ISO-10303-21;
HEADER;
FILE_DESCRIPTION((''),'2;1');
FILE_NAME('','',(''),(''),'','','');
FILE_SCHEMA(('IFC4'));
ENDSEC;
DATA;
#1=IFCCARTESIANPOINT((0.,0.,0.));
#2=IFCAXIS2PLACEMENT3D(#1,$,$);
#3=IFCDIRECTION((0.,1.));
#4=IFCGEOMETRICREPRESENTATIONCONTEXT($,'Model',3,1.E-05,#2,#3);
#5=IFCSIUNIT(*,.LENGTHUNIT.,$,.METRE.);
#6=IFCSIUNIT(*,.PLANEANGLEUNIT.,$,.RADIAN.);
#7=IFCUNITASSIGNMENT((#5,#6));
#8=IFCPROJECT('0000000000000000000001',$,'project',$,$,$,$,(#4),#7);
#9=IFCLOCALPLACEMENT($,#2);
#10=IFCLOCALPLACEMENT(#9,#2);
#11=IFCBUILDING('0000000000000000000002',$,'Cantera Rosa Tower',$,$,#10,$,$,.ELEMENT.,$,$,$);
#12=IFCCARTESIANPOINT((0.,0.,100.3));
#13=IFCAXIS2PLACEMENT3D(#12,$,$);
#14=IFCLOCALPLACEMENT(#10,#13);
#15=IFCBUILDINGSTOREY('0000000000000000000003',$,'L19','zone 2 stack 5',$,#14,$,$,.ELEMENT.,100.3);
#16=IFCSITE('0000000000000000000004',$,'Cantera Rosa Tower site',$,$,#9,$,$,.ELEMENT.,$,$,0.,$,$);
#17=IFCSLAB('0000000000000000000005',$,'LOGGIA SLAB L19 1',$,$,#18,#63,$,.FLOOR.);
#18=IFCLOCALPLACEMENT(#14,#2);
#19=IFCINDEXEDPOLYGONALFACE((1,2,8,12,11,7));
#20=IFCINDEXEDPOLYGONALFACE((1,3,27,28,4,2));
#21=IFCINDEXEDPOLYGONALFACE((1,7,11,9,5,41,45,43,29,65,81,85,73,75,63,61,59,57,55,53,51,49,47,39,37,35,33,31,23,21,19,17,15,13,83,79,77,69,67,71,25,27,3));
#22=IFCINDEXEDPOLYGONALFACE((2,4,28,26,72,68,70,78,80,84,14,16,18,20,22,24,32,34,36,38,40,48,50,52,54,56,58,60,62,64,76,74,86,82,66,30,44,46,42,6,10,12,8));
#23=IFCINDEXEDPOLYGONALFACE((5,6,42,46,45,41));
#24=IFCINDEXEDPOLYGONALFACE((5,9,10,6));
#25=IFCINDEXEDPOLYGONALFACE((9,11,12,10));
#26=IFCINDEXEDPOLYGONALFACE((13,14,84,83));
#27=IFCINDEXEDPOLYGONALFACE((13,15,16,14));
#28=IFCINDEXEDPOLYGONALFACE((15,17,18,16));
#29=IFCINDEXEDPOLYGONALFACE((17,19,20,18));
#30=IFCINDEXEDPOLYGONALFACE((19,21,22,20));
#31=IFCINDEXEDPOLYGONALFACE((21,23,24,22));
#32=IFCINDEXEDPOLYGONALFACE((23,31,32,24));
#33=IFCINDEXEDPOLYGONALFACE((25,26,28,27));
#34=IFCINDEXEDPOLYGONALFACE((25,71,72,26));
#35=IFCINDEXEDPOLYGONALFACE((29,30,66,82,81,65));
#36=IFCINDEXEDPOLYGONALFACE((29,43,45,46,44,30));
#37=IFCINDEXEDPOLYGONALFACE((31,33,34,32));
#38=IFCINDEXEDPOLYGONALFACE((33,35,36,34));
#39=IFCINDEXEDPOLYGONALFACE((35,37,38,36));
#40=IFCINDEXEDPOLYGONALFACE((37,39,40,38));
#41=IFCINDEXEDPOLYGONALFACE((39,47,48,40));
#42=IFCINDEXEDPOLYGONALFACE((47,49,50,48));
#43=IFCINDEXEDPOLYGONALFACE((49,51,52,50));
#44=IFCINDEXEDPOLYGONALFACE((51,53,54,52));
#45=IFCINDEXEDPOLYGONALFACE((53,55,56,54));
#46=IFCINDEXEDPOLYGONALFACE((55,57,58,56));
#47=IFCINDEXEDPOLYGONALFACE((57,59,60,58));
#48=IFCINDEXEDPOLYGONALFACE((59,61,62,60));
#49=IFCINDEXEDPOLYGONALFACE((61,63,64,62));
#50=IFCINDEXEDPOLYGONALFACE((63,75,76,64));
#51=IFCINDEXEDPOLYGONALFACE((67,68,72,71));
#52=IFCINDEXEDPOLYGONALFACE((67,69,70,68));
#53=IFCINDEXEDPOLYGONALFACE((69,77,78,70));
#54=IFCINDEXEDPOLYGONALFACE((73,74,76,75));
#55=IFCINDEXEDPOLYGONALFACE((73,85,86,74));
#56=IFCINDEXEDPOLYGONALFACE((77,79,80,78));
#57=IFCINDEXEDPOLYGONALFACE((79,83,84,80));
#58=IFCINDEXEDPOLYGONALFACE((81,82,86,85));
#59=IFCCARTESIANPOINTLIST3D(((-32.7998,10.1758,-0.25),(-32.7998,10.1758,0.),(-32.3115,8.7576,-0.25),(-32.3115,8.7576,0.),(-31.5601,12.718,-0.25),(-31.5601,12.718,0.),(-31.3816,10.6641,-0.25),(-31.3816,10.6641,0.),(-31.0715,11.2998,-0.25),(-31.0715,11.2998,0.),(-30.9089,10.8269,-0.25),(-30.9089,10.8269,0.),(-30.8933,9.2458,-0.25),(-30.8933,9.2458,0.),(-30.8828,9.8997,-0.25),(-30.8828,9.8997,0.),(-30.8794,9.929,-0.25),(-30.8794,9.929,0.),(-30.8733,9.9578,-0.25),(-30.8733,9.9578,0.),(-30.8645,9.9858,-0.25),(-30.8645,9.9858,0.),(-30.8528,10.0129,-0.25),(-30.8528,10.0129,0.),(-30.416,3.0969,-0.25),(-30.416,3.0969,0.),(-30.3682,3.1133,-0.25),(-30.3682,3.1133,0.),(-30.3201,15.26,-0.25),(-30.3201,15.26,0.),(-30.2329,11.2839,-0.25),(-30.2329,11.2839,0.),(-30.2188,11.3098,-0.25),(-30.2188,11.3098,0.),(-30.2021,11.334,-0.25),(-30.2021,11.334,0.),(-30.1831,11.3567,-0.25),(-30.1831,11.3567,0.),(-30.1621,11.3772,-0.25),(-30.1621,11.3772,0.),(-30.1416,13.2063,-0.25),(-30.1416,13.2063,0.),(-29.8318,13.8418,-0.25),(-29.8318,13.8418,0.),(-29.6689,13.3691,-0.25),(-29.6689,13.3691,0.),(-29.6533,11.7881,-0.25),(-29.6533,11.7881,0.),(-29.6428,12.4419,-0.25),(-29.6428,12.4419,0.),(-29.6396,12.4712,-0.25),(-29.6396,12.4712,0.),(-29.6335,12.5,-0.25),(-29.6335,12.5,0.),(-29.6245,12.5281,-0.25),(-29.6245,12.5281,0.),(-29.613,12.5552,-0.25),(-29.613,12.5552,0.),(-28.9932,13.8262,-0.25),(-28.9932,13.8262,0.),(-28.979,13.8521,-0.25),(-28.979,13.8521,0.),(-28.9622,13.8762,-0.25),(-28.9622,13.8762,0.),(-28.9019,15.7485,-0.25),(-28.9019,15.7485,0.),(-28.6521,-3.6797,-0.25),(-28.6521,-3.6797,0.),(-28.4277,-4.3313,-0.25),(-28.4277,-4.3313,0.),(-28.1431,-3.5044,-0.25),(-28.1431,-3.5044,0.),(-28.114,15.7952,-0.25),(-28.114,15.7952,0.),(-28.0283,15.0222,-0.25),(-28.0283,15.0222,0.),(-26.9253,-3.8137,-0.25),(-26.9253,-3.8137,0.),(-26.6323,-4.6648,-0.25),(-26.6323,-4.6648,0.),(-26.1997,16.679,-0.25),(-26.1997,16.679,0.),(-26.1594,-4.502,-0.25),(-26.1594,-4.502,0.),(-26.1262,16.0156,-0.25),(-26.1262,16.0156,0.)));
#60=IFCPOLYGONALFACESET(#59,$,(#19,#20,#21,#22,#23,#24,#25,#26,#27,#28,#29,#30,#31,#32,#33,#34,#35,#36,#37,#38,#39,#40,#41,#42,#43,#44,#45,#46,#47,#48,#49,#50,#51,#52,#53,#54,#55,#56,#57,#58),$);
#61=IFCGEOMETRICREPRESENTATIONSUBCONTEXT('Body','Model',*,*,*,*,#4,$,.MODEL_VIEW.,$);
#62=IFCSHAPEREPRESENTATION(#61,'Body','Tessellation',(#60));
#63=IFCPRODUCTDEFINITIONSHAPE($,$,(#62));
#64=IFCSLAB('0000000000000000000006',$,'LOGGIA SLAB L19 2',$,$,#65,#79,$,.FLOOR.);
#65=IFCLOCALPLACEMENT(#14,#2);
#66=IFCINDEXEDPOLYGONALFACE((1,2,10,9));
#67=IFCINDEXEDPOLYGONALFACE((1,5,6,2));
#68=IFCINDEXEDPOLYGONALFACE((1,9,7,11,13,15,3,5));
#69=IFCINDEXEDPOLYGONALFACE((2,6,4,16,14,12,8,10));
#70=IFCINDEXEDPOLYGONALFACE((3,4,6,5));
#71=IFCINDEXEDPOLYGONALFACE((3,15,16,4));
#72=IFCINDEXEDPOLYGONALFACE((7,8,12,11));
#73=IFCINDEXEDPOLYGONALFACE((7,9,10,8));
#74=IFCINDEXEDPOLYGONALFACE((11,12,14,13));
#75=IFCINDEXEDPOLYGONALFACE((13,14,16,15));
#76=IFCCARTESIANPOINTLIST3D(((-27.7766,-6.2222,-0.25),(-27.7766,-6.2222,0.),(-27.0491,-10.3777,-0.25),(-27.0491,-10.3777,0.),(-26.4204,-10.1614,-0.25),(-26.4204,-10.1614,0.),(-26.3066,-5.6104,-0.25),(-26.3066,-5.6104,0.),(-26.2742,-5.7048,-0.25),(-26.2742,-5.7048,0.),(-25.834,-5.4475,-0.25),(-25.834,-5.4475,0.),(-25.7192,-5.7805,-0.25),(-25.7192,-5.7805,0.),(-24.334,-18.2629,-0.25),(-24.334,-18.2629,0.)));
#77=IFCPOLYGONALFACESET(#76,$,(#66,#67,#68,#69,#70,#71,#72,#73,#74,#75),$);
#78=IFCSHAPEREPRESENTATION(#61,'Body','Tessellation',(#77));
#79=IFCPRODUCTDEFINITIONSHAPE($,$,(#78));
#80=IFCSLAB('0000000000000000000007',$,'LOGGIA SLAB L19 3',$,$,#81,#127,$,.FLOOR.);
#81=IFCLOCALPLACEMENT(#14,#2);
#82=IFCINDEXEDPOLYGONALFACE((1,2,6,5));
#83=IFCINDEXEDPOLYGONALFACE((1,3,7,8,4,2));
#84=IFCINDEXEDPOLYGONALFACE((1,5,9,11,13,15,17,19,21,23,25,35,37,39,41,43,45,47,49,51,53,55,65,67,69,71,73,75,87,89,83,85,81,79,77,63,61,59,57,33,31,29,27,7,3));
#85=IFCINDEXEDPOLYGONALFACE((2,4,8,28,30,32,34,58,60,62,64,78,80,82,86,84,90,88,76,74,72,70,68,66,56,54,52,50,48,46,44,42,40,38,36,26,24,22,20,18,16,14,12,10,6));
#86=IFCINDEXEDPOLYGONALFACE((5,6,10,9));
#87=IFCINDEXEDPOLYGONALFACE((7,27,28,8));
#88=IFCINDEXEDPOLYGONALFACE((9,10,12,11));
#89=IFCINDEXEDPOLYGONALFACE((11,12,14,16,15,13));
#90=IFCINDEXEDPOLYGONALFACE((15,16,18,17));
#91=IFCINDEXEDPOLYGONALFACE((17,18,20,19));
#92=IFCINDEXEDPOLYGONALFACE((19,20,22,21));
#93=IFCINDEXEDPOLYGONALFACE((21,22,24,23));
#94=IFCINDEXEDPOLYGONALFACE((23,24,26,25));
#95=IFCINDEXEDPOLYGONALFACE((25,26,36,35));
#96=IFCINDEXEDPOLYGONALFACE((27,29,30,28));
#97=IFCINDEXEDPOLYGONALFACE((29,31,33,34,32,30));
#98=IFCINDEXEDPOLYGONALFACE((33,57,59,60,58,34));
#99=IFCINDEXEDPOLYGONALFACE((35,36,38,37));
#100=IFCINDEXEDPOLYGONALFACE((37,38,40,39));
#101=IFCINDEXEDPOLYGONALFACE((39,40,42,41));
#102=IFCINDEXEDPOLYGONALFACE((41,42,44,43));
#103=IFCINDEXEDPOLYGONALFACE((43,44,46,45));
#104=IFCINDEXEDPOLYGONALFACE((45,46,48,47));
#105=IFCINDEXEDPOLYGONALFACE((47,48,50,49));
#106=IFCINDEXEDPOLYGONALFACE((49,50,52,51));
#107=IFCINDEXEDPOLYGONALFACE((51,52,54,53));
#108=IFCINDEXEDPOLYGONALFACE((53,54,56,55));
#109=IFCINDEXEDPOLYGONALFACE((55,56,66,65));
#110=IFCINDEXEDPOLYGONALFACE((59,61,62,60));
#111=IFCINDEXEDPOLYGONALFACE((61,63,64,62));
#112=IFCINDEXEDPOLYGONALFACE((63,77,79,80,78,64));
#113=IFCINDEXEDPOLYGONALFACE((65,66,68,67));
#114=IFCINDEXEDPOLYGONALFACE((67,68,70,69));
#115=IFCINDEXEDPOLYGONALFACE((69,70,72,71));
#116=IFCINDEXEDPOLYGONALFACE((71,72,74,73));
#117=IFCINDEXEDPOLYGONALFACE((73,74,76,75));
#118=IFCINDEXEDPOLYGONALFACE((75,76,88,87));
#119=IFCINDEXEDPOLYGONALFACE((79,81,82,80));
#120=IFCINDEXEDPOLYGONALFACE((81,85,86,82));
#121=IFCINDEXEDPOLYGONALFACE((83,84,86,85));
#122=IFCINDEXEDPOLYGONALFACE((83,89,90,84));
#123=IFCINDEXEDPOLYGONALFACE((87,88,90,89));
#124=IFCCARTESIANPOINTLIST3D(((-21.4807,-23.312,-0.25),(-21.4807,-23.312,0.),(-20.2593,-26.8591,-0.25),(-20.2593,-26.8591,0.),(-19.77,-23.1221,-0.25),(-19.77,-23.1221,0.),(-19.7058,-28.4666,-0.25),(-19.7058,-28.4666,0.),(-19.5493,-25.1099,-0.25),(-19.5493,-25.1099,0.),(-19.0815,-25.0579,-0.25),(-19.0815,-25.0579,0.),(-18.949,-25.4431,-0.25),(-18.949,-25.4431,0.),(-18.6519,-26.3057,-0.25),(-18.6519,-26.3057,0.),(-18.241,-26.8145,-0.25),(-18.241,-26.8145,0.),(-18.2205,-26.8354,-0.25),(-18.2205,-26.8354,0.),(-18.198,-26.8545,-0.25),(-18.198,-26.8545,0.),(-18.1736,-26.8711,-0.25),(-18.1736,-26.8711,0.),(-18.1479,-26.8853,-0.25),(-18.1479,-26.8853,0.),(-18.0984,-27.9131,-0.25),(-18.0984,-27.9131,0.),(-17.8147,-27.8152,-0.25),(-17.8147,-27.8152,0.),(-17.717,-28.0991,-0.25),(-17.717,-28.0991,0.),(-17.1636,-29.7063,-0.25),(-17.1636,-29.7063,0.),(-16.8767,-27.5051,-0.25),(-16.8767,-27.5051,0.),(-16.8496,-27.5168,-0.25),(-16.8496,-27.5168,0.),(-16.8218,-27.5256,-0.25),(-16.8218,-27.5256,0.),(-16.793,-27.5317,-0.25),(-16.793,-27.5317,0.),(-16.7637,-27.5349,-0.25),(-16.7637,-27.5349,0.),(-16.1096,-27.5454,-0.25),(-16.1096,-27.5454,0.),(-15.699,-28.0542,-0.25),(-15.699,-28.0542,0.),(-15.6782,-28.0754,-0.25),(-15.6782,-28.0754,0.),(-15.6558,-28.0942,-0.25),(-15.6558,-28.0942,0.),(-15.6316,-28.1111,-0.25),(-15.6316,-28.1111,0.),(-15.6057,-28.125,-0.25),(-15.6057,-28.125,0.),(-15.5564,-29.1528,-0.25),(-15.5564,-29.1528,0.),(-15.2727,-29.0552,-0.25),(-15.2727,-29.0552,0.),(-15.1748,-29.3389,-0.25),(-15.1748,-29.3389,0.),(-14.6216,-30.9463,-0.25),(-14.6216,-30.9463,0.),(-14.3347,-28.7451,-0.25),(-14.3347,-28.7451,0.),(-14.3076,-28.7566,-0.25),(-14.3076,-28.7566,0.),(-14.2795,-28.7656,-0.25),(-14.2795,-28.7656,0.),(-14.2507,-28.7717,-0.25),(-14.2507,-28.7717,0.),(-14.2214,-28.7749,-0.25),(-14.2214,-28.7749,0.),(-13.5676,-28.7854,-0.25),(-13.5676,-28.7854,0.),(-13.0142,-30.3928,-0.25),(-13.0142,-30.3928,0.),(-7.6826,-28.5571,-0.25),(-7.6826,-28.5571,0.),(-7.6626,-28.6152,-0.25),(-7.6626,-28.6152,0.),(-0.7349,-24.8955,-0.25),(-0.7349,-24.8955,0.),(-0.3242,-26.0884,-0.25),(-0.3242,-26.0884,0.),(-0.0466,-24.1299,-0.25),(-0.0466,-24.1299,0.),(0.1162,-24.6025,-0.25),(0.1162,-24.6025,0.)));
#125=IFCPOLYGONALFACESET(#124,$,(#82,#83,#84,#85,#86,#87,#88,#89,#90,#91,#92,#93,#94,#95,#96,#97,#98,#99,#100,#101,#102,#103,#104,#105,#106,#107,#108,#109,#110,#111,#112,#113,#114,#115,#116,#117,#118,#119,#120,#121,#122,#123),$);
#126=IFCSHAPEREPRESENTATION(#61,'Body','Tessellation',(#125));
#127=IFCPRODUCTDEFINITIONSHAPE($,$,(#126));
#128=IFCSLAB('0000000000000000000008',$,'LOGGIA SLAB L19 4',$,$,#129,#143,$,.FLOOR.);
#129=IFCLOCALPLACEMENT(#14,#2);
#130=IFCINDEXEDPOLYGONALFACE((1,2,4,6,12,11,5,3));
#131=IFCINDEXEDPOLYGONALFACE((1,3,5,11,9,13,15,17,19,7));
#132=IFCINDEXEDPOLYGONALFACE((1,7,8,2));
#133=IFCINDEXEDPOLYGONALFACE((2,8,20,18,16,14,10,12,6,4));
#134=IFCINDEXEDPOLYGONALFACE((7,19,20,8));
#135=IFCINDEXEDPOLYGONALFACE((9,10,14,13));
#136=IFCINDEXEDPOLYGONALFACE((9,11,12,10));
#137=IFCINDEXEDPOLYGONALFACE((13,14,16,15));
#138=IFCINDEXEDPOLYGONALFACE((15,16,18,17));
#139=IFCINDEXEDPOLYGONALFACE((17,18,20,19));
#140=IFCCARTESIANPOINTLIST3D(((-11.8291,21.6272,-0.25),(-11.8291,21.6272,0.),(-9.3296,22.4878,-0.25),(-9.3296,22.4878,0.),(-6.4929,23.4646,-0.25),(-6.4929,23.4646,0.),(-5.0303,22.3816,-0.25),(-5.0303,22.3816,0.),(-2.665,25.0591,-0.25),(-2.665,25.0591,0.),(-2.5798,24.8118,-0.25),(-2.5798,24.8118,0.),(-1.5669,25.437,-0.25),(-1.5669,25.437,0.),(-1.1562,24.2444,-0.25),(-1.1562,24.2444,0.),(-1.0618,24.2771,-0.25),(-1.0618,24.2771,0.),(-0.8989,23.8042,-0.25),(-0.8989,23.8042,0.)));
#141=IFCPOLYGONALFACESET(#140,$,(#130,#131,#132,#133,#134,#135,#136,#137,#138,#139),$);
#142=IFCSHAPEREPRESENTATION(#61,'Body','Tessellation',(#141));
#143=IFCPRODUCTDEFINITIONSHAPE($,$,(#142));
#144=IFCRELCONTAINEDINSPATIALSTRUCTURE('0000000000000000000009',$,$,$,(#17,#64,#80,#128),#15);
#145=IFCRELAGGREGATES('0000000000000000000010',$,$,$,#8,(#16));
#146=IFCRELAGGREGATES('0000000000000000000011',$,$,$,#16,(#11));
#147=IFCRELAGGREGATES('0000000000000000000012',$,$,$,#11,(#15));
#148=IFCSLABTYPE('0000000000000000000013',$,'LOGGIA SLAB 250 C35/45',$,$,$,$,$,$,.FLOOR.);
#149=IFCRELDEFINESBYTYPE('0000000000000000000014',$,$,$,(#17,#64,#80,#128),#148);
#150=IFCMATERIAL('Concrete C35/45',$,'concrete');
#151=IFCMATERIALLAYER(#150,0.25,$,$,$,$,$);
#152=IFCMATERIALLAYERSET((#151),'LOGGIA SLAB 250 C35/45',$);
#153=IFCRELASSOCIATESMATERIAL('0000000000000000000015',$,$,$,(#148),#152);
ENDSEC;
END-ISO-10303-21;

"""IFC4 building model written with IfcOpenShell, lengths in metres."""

from ifc_helpers import new_model, si_unit, direction, frame, origin, place, context, subcontext, project, spatial, polyline, outline, extrude, material, layer, layer_set, type_object, element, save


model = new_model("IFC4")

# Units and contexts
model_context = context("Model", 3, precision=1e-05, world=origin(), true_north=direction((0.0, 1.0)))
body_context = subcontext(model_context, "Body", "Model", "MODEL_VIEW")
ifc_project = project(units=[si_unit("LENGTHUNIT", "METRE"), si_unit("PLANEANGLEUNIT", "RADIAN")], contexts=[model_context])

# Site, building, storey
site_placement = place(None, origin())
site = spatial("IfcSite", under=ifc_project, at=site_placement, Name="Cantera Rosa Tower site", CompositionType="ELEMENT", RefElevation=0.0)
building_placement = place(site_placement, origin())
building = spatial("IfcBuilding", under=site, at=building_placement, Name="Cantera Rosa Tower", CompositionType="ELEMENT")
storey_placement = place(building_placement, frame((0.0, 0.0, 100.3)))
storey = spatial("IfcBuildingStorey", under=building, at=storey_placement, Name="L19", Description="zone 2 stack 5", CompositionType="ELEMENT", Elevation=100.3)

# Slabs
ifc_material_1 = material(Name="Concrete C35/45", Category="concrete")
ifc_layer_1 = layer(ifc_material_1, 0.25)
ifc_layer_set_1 = layer_set([ifc_layer_1], Name="LOGGIA SLAB 250 C35/45")
slab_type_1 = type_object("IfcSlabType", Name="LOGGIA SLAB 250 C35/45", PredefinedType="FLOOR", material=ifc_layer_set_1)
slab_1_placement = place(storey_placement, frame((0.0, 0.0, -0.25)))
element("IfcSlab", 1, at=slab_1_placement, inside=storey, type_object=slab_type_1, Name="LOGGIA SLAB L19 1", PredefinedType="FLOOR", context=body_context, shape_type="SweptSolid", body=[
    extrude(outline(polyline([(-31.3816, 10.6641), (-30.9089, 10.8269), (-31.0715, 11.2998), (-31.5601, 12.718), (-30.1416, 13.2063), (-29.6689, 13.3691), (-29.8318, 13.8418), (-30.3201, 15.26), (-28.9019, 15.7485), (-26.1997, 16.679), (-26.1262, 16.0156), (-28.114, 15.7952), (-28.0283, 15.0222), (-28.9622, 13.8762), (-28.979, 13.8521), (-28.9932, 13.8262), (-29.613, 12.5552), (-29.6245, 12.5281), (-29.6335, 12.5), (-29.6396, 12.4712), (-29.6428, 12.4419), (-29.6533, 11.7881), (-30.1621, 11.3772), (-30.1831, 11.3567), (-30.2021, 11.334), (-30.2188, 11.3098), (-30.2329, 11.2839), (-30.8528, 10.0129), (-30.8645, 9.9858), (-30.8733, 9.9578), (-30.8794, 9.929), (-30.8828, 9.8997), (-30.8933, 9.2458), (-26.1594, -4.502), (-26.6323, -4.6648), (-26.9253, -3.8137), (-28.4277, -4.3313), (-28.6521, -3.6797), (-28.1431, -3.5044), (-30.416, 3.0969), (-30.3682, 3.1133), (-32.3115, 8.7576), (-32.7998, 10.1758), (-31.3816, 10.6641)])), origin(), (0.0, 0.0, 1.0), 0.25),
])
slab_2_placement = place(storey_placement, frame((0.0, 0.0, -0.25)))
element("IfcSlab", 2, at=slab_2_placement, inside=storey, type_object=slab_type_1, Name="LOGGIA SLAB L19 2", PredefinedType="FLOOR", context=body_context, shape_type="SweptSolid", body=[
    extrude(outline(polyline([(-27.7766, -6.2222), (-26.2742, -5.7048), (-26.3066, -5.6104), (-25.834, -5.4475), (-25.7192, -5.7805), (-24.334, -18.2629), (-27.0491, -10.3777), (-26.4204, -10.1614), (-27.7766, -6.2222)])), origin(), (0.0, 0.0, 1.0), 0.25),
])
slab_3_placement = place(storey_placement, frame((0.0, 0.0, -0.25)))
element("IfcSlab", 3, at=slab_3_placement, inside=storey, type_object=slab_type_1, Name="LOGGIA SLAB L19 3", PredefinedType="FLOOR", context=body_context, shape_type="SweptSolid", body=[
    extrude(outline(polyline([(-14.6216, -30.9463), (-15.1748, -29.3389), (-15.2727, -29.0552), (-15.5564, -29.1528), (-17.1636, -29.7063), (-17.717, -28.0991), (-17.8147, -27.8152), (-18.0984, -27.9131), (-19.7058, -28.4666), (-20.2593, -26.8591), (-21.4807, -23.312), (-19.77, -23.1221), (-19.5493, -25.1099), (-19.0815, -25.0579), (-18.949, -25.4431), (-18.6519, -26.3057), (-18.241, -26.8145), (-18.2205, -26.8354), (-18.198, -26.8545), (-18.1736, -26.8711), (-18.1479, -26.8853), (-16.8767, -27.5051), (-16.8496, -27.5168), (-16.8218, -27.5256), (-16.793, -27.5317), (-16.7637, -27.5349), (-16.1096, -27.5454), (-15.699, -28.0542), (-15.6782, -28.0754), (-15.6558, -28.0942), (-15.6316, -28.1111), (-15.6057, -28.125), (-14.3347, -28.7451), (-14.3076, -28.7566), (-14.2795, -28.7656), (-14.2507, -28.7717), (-14.2214, -28.7749), (-13.5676, -28.7854), (-0.0466, -24.1299), (0.1162, -24.6025), (-0.7349, -24.8955), (-0.3242, -26.0884), (-7.6626, -28.6152), (-7.6826, -28.5571), (-13.0142, -30.3928), (-14.6216, -30.9463)])), origin(), (0.0, 0.0, 1.0), 0.25),
])
slab_4_placement = place(storey_placement, frame((0.0, 0.0, -0.25)))
element("IfcSlab", 4, at=slab_4_placement, inside=storey, type_object=slab_type_1, Name="LOGGIA SLAB L19 4", PredefinedType="FLOOR", context=body_context, shape_type="SweptSolid", body=[
    extrude(outline(polyline([(-5.0303, 22.3816), (-11.8291, 21.6272), (-9.3296, 22.4878), (-6.4929, 23.4646), (-2.5798, 24.8118), (-2.665, 25.0591), (-1.5669, 25.437), (-1.1562, 24.2444), (-1.0618, 24.2771), (-0.8989, 23.8042), (-5.0303, 22.3816)])), origin(), (0.0, 0.0, 1.0), 0.25),
])

save(model, "model.ifc")
